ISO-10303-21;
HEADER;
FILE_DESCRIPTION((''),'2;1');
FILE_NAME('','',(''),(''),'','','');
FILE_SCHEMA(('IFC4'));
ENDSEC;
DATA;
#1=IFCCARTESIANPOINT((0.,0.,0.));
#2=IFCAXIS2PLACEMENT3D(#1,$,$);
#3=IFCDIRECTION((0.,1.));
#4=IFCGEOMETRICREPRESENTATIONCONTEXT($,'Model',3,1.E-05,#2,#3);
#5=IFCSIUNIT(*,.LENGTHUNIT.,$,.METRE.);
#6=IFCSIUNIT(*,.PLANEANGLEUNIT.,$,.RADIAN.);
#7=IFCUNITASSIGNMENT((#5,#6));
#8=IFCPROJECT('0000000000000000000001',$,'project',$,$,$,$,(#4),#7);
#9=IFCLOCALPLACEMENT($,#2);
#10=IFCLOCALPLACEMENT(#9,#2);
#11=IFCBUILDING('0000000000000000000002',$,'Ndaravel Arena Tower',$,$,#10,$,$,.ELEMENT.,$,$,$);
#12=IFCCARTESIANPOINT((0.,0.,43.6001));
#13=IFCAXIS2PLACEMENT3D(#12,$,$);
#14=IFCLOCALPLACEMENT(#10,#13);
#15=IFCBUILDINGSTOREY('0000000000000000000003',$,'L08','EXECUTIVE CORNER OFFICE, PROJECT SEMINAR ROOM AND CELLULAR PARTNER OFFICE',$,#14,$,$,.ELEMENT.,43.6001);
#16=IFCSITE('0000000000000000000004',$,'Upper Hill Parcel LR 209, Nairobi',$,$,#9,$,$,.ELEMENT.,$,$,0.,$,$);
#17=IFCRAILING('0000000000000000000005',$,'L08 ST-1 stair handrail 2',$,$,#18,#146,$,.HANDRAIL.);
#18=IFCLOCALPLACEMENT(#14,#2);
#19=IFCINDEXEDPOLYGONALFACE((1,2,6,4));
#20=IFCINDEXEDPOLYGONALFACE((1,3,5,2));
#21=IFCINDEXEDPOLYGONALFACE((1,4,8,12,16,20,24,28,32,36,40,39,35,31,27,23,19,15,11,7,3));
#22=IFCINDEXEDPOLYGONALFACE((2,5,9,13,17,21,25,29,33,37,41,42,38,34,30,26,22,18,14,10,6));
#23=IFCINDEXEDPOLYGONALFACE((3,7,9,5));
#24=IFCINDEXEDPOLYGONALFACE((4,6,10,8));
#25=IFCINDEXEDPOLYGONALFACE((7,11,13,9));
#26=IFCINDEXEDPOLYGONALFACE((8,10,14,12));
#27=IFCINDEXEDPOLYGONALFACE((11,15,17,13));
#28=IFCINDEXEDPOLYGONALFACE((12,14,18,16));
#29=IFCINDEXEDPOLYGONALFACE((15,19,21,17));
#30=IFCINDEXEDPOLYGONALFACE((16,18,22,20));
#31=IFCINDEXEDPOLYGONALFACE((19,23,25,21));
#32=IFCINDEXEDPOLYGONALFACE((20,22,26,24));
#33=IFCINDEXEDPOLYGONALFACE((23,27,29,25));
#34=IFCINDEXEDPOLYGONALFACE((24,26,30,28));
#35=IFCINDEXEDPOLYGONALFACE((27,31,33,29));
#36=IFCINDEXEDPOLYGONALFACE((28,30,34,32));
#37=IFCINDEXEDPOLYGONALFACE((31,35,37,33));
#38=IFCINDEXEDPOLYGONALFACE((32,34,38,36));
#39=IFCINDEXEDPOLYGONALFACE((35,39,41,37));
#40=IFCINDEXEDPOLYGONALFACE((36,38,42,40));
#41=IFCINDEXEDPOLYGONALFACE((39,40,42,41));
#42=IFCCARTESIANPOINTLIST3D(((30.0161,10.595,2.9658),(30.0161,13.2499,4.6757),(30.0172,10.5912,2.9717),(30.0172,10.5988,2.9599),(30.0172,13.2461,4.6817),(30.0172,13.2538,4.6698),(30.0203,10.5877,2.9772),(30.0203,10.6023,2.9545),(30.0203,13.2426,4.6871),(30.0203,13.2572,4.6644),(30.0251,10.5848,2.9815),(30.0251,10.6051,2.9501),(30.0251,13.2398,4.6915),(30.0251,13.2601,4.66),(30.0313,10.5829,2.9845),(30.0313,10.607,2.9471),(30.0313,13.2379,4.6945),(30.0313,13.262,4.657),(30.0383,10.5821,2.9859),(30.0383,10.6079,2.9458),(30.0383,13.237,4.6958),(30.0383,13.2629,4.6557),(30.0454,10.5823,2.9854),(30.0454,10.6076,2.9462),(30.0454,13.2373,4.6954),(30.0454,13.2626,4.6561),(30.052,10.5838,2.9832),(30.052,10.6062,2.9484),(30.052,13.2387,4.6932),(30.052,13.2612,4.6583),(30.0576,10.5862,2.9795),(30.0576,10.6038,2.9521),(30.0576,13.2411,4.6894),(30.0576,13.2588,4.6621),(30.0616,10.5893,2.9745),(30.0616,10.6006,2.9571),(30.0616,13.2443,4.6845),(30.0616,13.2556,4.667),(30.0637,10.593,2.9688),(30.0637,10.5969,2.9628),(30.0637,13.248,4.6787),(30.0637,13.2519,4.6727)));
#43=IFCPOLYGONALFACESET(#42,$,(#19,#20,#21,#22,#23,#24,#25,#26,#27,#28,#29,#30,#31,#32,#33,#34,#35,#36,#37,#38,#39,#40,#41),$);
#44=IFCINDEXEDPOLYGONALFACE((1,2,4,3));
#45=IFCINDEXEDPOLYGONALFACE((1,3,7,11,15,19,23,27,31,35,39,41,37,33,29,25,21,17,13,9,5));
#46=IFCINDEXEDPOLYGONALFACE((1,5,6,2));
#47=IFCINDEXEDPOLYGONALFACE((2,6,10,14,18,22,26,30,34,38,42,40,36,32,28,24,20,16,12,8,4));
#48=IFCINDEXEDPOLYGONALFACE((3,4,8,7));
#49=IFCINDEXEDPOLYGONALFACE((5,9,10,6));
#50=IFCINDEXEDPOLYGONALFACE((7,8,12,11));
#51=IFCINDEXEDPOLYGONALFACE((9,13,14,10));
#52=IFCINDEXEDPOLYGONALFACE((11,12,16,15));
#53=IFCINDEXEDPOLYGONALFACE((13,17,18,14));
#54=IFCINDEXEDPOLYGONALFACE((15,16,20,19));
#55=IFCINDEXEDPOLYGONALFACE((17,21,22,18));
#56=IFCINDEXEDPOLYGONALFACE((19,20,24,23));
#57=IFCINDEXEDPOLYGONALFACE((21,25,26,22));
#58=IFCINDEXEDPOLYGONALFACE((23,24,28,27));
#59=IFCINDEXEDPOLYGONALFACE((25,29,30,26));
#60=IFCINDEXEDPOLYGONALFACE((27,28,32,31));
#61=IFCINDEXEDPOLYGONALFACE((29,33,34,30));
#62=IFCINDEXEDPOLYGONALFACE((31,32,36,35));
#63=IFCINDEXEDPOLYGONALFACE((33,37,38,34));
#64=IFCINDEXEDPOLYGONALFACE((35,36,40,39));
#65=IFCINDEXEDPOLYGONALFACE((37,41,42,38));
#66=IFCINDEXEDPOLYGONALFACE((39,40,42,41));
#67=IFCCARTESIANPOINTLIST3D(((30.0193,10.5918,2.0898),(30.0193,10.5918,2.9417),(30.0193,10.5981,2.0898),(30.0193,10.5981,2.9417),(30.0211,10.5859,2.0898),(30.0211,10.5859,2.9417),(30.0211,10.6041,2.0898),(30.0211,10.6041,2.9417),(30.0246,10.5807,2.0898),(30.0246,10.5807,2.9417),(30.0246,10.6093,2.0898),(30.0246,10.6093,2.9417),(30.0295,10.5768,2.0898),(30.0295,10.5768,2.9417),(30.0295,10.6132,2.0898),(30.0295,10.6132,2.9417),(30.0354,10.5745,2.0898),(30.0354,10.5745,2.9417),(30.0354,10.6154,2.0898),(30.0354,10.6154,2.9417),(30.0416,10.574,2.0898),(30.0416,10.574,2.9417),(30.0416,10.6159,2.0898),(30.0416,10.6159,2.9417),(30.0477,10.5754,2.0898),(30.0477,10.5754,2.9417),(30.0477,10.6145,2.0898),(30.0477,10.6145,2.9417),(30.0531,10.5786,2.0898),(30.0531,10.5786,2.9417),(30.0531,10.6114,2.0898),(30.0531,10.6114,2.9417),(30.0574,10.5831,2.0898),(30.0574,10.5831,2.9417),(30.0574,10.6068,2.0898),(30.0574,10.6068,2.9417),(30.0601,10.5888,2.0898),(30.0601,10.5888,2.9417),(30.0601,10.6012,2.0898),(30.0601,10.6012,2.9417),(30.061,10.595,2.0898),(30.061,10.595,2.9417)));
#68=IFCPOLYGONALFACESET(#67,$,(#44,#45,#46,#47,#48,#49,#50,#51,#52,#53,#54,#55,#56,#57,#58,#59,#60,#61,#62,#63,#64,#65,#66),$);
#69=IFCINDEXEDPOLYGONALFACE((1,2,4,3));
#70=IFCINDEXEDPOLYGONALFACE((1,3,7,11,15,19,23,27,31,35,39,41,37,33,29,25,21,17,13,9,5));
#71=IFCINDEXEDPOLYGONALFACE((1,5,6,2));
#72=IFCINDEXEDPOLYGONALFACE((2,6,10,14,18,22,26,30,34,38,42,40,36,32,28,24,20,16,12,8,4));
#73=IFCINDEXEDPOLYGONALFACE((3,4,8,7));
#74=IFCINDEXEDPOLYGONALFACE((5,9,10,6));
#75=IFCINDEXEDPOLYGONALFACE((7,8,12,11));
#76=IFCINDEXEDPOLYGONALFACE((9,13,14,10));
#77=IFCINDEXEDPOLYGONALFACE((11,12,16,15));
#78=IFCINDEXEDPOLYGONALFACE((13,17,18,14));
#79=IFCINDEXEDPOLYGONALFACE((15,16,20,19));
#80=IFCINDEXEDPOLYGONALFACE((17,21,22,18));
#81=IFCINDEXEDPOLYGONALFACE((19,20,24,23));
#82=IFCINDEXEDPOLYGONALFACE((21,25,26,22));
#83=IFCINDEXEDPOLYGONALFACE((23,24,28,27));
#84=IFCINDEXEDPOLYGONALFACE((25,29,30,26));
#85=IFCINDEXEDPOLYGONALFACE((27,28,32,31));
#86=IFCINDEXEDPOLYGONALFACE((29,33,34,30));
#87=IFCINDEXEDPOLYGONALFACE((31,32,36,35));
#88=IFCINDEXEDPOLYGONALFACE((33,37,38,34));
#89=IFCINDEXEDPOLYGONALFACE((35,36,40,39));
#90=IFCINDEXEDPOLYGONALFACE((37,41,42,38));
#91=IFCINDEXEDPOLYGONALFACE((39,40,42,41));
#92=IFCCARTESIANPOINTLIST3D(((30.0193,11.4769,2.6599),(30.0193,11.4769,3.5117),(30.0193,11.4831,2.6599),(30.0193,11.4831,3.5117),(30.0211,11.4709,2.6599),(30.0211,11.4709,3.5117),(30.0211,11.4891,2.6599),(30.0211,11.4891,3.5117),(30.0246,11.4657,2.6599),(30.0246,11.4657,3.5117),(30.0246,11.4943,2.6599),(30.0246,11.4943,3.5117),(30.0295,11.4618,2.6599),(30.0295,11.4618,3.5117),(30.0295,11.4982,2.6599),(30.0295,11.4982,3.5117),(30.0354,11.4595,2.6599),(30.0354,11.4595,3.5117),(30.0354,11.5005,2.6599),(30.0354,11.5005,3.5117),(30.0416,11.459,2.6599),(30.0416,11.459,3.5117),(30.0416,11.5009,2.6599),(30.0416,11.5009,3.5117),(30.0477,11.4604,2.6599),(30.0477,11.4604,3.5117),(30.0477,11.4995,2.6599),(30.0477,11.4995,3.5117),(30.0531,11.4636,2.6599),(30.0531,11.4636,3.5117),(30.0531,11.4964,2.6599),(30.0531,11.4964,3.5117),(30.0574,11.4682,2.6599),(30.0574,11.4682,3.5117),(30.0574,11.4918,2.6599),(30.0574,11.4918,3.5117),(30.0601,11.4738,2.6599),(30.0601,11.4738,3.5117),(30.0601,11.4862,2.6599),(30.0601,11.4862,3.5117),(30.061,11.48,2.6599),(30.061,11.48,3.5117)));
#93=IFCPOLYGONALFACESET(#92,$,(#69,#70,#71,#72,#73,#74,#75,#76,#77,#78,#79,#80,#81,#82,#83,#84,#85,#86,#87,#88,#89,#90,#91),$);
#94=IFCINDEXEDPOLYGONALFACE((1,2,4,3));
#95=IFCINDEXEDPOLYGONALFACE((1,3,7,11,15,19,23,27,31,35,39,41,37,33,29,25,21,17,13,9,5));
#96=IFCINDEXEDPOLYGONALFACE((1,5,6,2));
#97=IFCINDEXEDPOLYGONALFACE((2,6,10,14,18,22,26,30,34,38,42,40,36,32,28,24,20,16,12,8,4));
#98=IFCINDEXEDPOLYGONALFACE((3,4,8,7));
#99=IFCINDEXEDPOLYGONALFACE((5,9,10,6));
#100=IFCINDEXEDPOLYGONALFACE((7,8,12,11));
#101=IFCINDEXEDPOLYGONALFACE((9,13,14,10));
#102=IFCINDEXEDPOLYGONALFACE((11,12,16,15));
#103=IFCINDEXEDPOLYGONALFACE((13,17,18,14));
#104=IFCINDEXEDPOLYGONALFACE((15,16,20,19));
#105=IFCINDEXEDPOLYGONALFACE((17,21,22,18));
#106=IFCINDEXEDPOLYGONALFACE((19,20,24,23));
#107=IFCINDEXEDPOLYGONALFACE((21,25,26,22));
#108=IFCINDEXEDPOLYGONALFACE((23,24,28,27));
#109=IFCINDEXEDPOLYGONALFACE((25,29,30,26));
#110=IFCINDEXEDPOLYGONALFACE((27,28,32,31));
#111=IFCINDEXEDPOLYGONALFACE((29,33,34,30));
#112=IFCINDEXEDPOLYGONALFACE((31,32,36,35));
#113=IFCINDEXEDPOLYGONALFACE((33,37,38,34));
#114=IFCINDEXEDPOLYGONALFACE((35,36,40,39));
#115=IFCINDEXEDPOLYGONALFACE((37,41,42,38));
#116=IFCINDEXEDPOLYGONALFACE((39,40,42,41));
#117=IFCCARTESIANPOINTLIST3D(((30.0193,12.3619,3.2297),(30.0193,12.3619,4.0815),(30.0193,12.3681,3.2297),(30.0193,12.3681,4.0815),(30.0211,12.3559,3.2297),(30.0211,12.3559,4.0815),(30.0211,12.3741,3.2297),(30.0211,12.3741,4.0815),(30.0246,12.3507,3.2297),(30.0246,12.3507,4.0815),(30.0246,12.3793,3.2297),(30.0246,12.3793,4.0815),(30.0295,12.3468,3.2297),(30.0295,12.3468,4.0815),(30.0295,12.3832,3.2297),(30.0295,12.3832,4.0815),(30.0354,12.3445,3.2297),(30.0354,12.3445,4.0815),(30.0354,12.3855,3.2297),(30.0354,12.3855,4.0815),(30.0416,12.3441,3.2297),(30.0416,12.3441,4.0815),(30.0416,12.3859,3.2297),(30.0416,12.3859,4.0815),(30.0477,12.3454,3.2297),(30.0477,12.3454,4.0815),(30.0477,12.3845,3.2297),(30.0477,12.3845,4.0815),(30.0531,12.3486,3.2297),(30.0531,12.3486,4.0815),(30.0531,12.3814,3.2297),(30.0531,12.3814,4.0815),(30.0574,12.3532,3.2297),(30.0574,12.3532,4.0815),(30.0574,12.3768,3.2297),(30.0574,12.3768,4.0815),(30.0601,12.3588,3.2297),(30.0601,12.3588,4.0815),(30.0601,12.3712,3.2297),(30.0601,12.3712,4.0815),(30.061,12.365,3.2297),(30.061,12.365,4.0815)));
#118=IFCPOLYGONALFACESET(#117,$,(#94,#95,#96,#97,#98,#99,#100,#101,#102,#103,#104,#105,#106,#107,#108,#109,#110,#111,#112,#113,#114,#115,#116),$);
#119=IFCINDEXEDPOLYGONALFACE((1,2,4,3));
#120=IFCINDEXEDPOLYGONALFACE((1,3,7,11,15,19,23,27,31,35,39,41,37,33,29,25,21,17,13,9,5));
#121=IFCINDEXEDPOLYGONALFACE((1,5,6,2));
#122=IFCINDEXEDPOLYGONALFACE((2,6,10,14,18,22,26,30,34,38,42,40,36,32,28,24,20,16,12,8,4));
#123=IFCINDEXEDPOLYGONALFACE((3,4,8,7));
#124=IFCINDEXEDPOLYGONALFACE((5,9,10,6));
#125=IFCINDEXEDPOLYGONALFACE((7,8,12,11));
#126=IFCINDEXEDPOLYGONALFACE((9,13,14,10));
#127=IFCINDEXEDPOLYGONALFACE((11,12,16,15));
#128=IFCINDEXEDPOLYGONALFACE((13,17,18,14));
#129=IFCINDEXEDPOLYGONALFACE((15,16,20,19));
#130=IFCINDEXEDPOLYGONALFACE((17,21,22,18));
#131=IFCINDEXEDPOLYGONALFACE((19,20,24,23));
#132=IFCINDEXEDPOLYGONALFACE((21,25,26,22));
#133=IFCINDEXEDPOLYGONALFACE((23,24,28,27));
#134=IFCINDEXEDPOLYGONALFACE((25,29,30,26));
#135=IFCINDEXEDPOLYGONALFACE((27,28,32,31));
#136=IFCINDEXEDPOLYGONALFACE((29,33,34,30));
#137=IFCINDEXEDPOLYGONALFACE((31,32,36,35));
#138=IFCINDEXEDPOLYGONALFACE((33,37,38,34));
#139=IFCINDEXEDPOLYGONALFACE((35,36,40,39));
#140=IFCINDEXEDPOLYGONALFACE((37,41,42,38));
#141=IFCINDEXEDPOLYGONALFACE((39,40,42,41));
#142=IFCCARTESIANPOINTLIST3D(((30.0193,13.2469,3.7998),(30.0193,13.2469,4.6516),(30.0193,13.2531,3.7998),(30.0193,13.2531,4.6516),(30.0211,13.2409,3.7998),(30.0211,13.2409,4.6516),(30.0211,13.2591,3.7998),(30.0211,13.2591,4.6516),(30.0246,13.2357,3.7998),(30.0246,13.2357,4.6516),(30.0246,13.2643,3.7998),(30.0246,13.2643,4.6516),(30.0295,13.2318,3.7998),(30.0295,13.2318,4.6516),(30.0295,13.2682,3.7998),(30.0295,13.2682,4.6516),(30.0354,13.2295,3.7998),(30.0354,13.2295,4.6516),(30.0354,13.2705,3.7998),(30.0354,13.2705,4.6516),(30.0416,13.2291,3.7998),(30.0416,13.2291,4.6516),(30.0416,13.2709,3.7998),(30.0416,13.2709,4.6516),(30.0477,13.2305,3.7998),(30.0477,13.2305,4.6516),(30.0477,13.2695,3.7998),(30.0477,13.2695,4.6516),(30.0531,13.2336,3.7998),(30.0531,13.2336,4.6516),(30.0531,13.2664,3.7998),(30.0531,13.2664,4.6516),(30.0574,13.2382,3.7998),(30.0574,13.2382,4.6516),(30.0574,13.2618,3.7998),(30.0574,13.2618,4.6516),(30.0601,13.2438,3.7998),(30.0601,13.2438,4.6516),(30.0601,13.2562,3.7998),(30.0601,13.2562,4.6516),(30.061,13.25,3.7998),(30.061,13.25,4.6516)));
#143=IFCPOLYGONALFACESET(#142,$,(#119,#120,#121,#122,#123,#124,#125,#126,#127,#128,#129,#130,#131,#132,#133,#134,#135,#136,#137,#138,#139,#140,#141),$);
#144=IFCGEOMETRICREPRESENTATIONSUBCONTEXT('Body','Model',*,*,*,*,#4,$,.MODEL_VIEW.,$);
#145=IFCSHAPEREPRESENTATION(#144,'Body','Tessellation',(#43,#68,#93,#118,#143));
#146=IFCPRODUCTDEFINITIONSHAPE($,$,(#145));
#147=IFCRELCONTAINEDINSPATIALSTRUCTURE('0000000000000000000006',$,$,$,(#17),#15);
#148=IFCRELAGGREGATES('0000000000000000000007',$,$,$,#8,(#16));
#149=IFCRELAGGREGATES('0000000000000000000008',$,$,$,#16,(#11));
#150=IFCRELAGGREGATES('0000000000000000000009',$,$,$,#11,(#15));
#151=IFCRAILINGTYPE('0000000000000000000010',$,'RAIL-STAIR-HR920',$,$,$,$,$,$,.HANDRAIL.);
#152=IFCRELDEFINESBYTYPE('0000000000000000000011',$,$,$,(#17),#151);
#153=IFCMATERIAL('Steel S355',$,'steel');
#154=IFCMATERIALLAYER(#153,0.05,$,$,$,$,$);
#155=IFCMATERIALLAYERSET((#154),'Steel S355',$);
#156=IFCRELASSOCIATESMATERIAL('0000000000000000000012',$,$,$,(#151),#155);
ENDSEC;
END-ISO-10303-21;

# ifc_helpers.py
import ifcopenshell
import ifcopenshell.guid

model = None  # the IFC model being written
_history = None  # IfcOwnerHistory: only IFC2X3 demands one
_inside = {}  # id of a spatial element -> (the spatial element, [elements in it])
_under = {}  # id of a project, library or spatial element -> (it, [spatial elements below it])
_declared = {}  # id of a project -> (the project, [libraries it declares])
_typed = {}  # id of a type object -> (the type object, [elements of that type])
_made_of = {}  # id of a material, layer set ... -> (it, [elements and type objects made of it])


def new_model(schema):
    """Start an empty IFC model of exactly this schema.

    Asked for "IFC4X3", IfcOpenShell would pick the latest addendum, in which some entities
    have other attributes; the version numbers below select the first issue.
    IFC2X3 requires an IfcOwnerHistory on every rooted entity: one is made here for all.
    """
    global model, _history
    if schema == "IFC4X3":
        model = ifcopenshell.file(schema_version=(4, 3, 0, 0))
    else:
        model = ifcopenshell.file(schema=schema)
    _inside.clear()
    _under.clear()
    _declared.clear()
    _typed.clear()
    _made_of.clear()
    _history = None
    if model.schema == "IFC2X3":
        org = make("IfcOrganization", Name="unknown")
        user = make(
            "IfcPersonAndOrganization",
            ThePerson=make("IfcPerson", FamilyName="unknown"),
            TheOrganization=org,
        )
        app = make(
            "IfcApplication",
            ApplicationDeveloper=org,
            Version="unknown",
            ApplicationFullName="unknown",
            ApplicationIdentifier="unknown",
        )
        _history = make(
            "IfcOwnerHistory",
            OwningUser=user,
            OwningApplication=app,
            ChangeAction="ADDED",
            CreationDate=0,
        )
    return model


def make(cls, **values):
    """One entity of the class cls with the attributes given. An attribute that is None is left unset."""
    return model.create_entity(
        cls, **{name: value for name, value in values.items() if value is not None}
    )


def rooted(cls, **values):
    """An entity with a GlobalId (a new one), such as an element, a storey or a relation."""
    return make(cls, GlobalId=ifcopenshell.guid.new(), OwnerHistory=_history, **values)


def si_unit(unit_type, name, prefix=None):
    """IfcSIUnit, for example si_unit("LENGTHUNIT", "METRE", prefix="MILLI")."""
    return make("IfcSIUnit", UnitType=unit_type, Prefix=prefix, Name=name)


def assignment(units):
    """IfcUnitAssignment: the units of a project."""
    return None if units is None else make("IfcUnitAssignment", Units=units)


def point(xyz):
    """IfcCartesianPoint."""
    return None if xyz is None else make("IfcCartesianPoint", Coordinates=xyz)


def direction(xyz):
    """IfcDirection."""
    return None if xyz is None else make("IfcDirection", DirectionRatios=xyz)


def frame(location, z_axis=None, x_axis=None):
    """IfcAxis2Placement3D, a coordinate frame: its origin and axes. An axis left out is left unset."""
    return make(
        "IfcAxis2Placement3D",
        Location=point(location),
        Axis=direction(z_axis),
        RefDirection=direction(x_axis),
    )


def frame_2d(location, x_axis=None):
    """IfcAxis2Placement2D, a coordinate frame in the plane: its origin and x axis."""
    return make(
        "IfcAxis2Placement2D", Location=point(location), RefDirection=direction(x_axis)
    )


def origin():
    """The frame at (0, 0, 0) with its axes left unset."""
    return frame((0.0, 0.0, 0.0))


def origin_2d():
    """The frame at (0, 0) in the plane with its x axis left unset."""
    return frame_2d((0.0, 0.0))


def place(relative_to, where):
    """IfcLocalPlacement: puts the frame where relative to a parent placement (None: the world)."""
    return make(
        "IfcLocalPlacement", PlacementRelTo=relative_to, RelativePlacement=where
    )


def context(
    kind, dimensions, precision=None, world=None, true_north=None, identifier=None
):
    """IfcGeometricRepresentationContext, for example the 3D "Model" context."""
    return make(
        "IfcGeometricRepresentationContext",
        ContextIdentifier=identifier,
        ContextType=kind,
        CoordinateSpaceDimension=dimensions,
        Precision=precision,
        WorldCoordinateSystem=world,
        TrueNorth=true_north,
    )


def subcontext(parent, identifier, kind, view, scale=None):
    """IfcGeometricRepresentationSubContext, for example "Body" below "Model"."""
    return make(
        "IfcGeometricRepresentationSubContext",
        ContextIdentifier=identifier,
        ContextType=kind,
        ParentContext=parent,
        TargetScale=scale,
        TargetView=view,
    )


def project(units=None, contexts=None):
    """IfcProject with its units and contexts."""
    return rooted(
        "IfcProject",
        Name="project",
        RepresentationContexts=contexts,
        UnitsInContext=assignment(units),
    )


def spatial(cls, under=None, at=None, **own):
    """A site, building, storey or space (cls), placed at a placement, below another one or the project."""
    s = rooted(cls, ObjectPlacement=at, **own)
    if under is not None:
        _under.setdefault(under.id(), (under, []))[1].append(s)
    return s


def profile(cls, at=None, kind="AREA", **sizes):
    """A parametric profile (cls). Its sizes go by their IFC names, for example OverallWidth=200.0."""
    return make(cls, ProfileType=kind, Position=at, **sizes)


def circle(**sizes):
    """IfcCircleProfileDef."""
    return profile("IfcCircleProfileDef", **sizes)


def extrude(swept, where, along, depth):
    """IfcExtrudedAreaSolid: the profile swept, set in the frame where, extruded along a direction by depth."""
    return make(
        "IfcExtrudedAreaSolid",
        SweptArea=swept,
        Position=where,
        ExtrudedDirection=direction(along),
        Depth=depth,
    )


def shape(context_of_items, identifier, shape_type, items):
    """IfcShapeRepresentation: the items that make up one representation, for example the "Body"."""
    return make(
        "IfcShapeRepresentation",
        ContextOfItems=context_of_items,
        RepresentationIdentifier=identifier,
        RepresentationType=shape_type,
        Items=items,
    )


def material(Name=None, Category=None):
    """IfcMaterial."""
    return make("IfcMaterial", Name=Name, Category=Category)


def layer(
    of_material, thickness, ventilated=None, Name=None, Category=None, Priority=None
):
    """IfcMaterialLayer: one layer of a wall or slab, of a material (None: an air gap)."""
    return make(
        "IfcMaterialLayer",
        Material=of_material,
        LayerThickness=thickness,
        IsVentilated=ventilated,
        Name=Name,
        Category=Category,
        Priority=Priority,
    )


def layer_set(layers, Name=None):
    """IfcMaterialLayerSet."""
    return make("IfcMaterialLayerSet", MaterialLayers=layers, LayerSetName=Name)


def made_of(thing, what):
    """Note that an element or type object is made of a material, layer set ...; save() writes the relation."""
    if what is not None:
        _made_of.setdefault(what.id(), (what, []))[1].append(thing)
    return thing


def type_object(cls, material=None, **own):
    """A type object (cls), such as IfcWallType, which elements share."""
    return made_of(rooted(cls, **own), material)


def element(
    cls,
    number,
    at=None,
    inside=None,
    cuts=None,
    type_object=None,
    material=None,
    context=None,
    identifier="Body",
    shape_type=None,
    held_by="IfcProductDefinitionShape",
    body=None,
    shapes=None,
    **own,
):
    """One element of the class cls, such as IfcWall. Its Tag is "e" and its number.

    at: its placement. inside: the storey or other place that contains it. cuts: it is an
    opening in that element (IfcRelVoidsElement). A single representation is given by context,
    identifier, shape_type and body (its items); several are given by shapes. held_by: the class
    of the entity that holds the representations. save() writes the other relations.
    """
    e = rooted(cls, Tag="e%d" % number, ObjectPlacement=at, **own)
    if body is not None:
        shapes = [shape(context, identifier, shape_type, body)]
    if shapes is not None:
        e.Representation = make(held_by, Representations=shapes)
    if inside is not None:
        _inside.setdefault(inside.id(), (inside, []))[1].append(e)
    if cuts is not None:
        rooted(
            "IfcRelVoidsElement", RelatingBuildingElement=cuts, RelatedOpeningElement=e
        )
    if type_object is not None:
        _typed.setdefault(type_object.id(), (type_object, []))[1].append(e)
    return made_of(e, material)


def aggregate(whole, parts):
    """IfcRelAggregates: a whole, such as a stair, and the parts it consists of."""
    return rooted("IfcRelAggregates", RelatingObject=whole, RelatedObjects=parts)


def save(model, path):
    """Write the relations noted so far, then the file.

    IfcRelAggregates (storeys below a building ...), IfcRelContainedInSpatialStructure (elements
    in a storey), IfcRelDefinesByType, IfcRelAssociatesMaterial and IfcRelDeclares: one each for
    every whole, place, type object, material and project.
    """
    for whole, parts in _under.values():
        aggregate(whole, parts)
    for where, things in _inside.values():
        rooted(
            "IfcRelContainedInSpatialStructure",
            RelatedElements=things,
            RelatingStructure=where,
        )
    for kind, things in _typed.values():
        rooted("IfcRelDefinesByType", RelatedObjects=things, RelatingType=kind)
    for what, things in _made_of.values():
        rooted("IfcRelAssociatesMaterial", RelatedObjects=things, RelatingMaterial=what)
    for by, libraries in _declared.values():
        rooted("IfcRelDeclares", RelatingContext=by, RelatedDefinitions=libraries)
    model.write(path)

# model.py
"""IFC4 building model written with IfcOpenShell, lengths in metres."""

from ifc_helpers import new_model, si_unit, direction, frame, origin, origin_2d, place, context, subcontext, project, spatial, circle, extrude, material, layer, layer_set, type_object, element, save


model = new_model("IFC4")

# Units and contexts
model_context = context("Model", 3, precision=1e-05, world=origin(), true_north=direction((0.0, 1.0)))
body_context = subcontext(model_context, "Body", "Model", "MODEL_VIEW")
ifc_project = project(units=[si_unit("LENGTHUNIT", "METRE"), si_unit("PLANEANGLEUNIT", "RADIAN")], contexts=[model_context])

# Site, building, storey
site_placement = place(None, origin())
site = spatial("IfcSite", under=ifc_project, at=site_placement, Name="Upper Hill Parcel LR 209, Nairobi", CompositionType="ELEMENT", RefElevation=0.0)
building_placement = place(site_placement, origin())
building = spatial("IfcBuilding", under=site, at=building_placement, Name="Ndaravel Arena Tower", CompositionType="ELEMENT")
storey_placement = place(building_placement, frame((0.0, 0.0, 43.6001)))
storey = spatial("IfcBuildingStorey", under=building, at=storey_placement, Name="L08", Description="EXECUTIVE CORNER OFFICE, PROJECT SEMINAR ROOM AND CELLULAR PARTNER OFFICE", CompositionType="ELEMENT", Elevation=43.6001)

# Railing
ifc_material_1 = material(Name="Steel S355", Category="steel")
ifc_layer_1 = layer(ifc_material_1, 0.05)
ifc_layer_set_1 = layer_set([ifc_layer_1], Name="Steel S355")
railing_type_1 = type_object("IfcRailingType", Name="RAIL-STAIR-HR920", PredefinedType="HANDRAIL", material=ifc_layer_set_1)
railing_1_placement = place(storey_placement, frame((30.04, 10.595, 2.0898)))
element("IfcRailing", 1, at=railing_1_placement, inside=storey, type_object=railing_type_1, Name="L08 ST-1 stair handrail 2", PredefinedType="HANDRAIL", context=body_context, shape_type="SweptSolid", body=[
    extrude(circle(Radius=0.0239, at=origin_2d()), frame((0.0, 0.0, 0.876), z_axis=(0.0, 0.840724, 0.541465), x_axis=(-1.0, 0.0, 0.0)), (0.0, 0.0, 1.0), 3.158),
    extrude(circle(Radius=0.021, at=origin_2d()), origin(), (0.0, 0.0, 1.0), 0.8518),
    extrude(circle(Radius=0.021, at=origin_2d()), frame((0.0, 0.885, 0.5701)), (0.0, 0.0, 1.0), 0.8518),
    extrude(circle(Radius=0.021, at=origin_2d()), frame((0.0, 1.77, 1.1399)), (0.0, 0.0, 1.0), 0.8518),
    extrude(circle(Radius=0.021, at=origin_2d()), frame((0.0, 2.655, 1.71)), (0.0, 0.0, 1.0), 0.8518),
])

save(model, "model.ifc")
